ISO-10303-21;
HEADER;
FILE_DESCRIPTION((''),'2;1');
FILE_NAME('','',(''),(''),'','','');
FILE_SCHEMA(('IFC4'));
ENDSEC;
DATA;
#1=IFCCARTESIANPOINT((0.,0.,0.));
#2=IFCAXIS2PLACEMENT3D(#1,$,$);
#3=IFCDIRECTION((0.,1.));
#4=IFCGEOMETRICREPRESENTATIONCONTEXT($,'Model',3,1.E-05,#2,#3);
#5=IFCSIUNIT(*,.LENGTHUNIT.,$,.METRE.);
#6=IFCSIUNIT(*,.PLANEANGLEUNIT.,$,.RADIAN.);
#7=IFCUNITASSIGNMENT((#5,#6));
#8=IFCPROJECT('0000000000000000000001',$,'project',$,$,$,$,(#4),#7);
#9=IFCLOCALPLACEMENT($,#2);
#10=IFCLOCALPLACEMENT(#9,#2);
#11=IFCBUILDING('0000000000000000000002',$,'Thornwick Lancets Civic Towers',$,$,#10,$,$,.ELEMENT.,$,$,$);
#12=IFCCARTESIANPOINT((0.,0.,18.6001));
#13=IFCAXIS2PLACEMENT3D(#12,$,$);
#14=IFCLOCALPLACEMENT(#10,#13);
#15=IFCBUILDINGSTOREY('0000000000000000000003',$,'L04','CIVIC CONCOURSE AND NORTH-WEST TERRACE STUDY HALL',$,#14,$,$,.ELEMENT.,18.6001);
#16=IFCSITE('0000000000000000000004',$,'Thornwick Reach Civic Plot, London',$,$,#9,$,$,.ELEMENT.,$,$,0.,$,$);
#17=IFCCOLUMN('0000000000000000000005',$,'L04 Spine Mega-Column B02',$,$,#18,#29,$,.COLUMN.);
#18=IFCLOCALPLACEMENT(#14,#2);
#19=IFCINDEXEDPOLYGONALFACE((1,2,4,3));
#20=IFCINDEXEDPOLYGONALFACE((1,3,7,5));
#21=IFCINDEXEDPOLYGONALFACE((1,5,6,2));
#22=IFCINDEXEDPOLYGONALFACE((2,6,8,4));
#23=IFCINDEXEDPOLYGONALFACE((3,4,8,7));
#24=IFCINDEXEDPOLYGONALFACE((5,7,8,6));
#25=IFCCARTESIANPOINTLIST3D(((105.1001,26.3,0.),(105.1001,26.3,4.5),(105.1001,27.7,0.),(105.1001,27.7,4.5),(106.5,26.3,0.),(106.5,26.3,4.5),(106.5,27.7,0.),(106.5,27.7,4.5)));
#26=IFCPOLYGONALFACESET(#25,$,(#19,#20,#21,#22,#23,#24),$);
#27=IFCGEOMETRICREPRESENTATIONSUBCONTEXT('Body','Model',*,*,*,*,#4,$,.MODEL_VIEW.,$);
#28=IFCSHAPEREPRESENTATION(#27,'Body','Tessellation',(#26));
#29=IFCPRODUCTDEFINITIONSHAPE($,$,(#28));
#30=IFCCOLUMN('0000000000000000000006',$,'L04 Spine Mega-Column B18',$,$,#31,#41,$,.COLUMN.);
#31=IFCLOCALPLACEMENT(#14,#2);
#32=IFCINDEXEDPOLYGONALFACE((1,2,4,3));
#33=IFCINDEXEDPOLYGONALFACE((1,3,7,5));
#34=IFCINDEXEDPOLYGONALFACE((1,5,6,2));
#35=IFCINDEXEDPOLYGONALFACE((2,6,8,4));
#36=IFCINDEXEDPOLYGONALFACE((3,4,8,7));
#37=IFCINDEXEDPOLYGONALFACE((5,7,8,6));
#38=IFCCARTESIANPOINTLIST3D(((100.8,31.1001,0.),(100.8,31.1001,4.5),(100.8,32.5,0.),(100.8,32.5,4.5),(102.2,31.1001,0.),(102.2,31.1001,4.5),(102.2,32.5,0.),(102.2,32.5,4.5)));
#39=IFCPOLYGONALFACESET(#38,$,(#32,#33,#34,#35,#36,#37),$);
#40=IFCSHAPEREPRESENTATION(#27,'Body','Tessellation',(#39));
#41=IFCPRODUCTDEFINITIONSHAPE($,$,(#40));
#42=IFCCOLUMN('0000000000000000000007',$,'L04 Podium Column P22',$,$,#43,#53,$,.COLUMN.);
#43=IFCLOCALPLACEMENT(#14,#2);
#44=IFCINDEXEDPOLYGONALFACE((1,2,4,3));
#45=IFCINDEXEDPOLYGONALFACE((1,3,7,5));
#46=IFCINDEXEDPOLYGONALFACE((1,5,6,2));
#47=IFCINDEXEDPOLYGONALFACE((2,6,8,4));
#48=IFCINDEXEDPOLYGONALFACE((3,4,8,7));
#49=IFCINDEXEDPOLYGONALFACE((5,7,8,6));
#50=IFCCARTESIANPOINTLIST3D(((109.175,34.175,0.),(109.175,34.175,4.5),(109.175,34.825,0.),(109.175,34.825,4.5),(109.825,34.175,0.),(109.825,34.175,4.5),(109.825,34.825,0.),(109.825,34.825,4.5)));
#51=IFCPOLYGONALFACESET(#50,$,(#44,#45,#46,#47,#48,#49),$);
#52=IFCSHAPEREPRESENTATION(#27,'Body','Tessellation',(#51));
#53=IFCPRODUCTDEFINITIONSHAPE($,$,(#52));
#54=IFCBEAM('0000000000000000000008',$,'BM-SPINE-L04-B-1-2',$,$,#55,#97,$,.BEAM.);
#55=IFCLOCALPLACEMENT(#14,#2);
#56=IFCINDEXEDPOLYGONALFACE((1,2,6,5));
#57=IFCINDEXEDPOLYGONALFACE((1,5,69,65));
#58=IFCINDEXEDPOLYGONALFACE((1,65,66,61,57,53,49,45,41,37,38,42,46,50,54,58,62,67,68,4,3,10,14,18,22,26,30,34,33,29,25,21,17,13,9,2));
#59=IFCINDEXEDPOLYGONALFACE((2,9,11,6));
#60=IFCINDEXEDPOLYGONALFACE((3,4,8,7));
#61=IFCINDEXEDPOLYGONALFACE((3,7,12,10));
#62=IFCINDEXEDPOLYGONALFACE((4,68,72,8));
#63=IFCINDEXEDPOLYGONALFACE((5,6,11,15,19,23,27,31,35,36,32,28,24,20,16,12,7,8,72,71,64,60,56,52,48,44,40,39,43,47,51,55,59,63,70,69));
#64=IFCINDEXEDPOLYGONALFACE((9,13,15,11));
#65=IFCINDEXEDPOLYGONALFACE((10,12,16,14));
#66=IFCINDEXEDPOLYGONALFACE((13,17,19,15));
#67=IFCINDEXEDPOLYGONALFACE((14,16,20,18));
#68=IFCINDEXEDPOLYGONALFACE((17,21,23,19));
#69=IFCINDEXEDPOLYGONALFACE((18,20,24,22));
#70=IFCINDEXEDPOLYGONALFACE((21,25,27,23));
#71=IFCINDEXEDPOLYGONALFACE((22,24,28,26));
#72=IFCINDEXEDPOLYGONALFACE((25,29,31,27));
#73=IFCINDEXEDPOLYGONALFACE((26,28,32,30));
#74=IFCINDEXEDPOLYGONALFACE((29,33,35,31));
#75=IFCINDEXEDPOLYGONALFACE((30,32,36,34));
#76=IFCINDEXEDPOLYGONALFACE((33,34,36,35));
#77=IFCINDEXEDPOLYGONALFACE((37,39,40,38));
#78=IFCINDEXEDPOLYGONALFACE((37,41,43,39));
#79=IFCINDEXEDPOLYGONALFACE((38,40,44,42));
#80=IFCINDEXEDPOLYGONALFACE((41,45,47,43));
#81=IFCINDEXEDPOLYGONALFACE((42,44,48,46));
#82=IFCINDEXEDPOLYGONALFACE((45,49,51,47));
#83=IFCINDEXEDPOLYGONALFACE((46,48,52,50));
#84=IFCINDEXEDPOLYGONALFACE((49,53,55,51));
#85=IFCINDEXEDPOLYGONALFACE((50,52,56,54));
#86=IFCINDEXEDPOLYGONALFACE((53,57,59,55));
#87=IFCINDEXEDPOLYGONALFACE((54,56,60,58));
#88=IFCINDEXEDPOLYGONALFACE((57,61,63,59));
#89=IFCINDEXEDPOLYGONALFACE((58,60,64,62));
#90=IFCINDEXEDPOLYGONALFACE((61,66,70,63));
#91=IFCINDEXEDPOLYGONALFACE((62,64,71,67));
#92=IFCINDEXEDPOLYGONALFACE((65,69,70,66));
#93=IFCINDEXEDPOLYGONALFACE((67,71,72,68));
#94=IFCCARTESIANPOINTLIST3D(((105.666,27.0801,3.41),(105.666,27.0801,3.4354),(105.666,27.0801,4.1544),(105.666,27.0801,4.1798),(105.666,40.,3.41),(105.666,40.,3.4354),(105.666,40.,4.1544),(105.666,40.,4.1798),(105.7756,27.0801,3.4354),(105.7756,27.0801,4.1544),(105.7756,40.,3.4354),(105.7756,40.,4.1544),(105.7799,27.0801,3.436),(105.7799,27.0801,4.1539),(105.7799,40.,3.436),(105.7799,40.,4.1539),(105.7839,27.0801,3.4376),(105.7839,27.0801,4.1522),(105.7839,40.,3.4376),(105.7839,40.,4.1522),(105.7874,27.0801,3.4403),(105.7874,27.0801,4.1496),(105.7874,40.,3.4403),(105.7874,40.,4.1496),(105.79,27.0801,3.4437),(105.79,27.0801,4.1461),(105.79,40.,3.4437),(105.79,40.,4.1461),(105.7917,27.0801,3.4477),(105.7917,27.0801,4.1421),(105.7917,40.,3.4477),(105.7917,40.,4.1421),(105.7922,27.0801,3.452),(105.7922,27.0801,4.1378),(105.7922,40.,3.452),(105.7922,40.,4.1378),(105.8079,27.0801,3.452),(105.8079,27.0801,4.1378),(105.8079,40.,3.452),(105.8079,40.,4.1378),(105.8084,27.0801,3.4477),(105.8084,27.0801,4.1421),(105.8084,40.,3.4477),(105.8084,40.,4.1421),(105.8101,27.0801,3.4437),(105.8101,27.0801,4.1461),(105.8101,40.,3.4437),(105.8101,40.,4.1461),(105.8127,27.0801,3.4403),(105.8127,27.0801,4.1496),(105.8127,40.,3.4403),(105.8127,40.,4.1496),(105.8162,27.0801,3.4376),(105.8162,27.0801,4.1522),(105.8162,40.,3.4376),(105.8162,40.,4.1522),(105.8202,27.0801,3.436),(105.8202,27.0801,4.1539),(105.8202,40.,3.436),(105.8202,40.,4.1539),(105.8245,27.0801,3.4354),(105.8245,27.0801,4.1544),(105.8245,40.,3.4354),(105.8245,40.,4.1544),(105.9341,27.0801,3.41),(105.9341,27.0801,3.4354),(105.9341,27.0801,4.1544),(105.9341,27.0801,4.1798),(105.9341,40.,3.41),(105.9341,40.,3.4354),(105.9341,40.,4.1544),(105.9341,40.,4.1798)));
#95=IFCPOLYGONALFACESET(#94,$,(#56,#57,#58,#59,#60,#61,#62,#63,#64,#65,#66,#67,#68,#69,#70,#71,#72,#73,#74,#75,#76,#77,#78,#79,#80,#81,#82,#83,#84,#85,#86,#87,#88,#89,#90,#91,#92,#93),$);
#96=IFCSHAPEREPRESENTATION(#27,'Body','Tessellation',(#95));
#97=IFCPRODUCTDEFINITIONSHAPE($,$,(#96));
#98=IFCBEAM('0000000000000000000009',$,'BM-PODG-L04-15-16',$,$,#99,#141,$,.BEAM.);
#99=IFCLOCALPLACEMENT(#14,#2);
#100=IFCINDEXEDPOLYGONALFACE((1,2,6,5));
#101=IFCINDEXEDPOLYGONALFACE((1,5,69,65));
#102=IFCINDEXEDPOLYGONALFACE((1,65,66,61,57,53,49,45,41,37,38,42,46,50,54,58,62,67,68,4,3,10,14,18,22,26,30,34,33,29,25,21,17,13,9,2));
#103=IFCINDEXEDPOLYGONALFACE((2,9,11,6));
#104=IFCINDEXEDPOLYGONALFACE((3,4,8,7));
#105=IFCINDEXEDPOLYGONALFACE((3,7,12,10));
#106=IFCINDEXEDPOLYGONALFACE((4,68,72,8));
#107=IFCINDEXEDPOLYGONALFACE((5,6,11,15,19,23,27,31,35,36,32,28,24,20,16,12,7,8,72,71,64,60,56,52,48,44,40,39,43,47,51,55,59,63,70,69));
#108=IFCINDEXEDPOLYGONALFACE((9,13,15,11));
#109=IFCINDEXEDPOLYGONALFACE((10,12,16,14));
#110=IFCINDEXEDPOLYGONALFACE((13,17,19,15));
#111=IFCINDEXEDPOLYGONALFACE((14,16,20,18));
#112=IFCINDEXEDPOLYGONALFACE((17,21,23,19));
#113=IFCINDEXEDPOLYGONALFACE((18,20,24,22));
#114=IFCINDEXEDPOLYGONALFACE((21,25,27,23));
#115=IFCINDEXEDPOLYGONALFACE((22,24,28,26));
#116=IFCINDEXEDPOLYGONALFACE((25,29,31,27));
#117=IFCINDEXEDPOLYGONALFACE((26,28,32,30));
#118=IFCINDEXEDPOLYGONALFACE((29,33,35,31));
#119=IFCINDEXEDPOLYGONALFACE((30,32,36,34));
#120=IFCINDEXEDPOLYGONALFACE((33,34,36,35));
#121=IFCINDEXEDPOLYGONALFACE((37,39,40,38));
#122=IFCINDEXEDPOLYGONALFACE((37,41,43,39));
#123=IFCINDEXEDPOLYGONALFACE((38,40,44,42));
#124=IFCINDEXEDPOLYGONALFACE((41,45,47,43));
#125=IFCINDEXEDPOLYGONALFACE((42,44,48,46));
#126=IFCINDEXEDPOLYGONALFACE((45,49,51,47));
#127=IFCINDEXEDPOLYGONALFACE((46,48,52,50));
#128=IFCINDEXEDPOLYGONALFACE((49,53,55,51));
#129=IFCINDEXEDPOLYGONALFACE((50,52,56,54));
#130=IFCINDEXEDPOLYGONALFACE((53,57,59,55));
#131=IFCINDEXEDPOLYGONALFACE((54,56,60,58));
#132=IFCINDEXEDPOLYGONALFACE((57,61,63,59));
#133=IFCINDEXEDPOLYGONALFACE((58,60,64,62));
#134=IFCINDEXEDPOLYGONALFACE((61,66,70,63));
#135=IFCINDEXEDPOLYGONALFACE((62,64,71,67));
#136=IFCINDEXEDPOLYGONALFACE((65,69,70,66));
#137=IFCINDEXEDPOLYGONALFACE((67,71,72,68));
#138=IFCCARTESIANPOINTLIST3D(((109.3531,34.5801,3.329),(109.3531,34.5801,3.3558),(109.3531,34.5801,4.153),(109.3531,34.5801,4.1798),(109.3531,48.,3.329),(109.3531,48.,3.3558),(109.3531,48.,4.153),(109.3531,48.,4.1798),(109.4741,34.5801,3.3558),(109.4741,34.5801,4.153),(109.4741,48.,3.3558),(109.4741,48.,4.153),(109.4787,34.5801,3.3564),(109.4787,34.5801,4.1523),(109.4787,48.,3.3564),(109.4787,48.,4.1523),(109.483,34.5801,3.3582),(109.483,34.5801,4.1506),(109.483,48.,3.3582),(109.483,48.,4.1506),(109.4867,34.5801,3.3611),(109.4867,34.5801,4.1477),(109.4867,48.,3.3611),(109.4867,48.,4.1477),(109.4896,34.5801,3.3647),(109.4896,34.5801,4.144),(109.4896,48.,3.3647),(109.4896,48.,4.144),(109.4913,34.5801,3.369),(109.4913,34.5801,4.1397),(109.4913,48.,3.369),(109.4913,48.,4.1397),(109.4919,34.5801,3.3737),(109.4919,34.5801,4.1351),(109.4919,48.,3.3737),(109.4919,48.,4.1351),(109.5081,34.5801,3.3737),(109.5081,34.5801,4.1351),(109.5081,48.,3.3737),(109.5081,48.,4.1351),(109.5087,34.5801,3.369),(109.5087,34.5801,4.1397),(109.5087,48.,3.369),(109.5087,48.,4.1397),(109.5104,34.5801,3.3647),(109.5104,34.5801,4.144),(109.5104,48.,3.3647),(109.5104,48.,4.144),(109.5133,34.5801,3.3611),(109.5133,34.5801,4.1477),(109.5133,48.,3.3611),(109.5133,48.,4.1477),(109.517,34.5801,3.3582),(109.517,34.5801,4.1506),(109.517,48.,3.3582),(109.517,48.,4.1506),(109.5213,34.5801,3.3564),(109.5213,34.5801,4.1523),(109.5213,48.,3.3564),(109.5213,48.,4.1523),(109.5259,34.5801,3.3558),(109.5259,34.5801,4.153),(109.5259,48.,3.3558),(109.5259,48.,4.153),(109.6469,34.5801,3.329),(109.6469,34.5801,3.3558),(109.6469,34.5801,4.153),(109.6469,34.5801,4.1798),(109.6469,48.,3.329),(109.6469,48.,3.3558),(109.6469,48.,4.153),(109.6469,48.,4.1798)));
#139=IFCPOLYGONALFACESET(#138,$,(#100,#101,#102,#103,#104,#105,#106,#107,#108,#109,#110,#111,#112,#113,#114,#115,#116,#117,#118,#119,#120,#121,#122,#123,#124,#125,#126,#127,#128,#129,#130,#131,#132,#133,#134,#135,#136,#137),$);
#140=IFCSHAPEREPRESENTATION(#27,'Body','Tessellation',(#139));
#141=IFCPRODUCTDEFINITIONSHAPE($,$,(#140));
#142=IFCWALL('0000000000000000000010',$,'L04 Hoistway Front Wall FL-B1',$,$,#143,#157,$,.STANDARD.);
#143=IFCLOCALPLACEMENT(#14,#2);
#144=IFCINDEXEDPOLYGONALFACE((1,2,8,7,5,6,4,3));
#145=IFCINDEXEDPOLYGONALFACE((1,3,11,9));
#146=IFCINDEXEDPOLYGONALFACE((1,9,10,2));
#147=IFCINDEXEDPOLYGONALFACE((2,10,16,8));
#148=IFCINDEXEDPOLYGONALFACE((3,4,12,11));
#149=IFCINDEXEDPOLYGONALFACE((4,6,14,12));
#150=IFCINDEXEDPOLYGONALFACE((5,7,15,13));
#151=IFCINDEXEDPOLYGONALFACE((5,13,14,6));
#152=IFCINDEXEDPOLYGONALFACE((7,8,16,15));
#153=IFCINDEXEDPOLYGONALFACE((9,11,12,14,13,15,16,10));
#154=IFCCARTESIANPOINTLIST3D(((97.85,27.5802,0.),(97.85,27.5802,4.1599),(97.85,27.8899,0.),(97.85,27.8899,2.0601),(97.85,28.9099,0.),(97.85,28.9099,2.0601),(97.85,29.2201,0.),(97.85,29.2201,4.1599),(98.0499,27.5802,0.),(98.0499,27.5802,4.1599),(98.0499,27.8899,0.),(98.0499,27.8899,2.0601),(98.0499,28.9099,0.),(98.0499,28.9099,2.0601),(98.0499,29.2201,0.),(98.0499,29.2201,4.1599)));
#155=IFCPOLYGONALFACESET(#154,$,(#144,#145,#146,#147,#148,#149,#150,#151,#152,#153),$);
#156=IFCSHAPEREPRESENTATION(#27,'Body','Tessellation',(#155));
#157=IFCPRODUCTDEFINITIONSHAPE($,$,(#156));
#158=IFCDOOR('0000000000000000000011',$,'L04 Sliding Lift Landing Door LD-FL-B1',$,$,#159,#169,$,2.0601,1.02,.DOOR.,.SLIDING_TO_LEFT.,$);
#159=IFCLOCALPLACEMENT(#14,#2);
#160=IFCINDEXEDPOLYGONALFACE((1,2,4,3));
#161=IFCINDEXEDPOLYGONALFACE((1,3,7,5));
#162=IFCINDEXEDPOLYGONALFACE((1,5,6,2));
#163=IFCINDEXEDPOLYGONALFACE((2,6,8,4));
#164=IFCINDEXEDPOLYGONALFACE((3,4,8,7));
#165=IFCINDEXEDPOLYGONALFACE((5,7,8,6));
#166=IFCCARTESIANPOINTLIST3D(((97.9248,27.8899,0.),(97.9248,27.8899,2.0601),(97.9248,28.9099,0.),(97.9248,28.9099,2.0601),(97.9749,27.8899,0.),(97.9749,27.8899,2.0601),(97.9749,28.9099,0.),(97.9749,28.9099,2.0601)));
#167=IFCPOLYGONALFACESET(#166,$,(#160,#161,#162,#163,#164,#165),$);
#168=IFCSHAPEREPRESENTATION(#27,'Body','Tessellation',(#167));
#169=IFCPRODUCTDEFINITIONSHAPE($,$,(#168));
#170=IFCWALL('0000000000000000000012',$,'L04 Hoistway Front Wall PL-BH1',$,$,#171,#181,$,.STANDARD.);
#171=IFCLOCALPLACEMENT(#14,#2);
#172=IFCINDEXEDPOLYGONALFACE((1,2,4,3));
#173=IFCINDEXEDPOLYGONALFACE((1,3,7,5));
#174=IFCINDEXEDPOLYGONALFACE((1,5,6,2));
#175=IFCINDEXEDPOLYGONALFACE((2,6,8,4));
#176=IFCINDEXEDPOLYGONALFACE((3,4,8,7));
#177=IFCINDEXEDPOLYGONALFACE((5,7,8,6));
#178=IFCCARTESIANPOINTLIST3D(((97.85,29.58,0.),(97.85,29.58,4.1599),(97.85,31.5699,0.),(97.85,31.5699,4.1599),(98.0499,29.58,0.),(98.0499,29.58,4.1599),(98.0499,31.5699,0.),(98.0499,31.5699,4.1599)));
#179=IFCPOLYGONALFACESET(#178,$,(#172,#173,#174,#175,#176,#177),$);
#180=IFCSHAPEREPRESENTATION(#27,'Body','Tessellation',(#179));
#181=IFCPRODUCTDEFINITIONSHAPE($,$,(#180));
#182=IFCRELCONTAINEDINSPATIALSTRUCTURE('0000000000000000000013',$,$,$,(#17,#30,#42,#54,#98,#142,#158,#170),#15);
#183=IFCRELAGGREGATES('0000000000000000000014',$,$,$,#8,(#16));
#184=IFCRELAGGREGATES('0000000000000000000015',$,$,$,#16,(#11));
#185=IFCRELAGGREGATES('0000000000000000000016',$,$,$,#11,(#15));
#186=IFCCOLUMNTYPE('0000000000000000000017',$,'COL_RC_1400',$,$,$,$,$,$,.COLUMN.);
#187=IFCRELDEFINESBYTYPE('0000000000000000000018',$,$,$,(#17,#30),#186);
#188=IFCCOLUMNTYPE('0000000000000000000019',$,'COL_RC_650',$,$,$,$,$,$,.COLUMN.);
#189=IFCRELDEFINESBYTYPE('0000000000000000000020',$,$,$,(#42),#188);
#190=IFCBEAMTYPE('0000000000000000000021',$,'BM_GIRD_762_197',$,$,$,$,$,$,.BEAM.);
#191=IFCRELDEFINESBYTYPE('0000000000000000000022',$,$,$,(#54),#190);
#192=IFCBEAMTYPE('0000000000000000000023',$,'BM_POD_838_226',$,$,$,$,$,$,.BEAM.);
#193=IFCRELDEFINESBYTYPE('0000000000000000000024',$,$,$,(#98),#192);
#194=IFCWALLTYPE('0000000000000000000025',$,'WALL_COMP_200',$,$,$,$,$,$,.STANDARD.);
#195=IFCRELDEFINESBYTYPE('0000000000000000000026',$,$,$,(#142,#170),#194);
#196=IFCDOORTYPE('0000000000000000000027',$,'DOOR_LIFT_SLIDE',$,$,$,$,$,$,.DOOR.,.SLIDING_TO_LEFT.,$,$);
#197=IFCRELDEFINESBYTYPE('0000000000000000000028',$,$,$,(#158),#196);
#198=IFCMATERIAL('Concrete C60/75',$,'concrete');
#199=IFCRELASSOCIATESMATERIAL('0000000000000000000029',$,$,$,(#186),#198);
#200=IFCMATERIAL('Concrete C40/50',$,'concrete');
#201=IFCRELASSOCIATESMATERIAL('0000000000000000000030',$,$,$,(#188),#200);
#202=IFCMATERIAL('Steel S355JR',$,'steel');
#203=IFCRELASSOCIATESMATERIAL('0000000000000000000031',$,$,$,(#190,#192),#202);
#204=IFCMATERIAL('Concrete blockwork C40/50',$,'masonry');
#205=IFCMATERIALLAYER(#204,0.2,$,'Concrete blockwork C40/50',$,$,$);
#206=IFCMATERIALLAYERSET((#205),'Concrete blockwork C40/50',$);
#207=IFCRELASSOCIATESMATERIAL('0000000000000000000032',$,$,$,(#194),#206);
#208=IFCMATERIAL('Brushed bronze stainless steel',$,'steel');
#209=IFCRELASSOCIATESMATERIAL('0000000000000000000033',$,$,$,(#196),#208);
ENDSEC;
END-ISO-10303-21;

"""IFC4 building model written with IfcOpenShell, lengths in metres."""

from ifc_helpers import new_model, si_unit, direction, frame, frame_2d, origin, origin_2d, place, context, subcontext, project, spatial, rectangle, i_section, extrude, material, layer, layer_set, material_profile, profile_set, type_object, element, fill, save


model = new_model("IFC4")

# Units and contexts
model_context = context("Model", 3, precision=1e-05, world=origin(), true_north=direction((0.0, 1.0)))
body_context = subcontext(model_context, "Body", "Model", "MODEL_VIEW")
ifc_project = project(units=[si_unit("LENGTHUNIT", "METRE"), si_unit("PLANEANGLEUNIT", "RADIAN")], contexts=[model_context])

# Site, building, storey
site_placement = place(None, origin())
site = spatial("IfcSite", under=ifc_project, at=site_placement, Name="Thornwick Reach Civic Plot, London", CompositionType="ELEMENT", RefElevation=0.0)
building_placement = place(site_placement, origin())
building = spatial("IfcBuilding", under=site, at=building_placement, Name="Thornwick Lancets Civic Towers", CompositionType="ELEMENT")
storey_placement = place(building_placement, frame((0.0, 0.0, 18.6001)))
storey = spatial("IfcBuildingStorey", under=building, at=storey_placement, Name="L04", Description="CIVIC CONCOURSE AND NORTH-WEST TERRACE STUDY HALL", CompositionType="ELEMENT", Elevation=18.6001)

# Columns
ifc_material_1 = material(Name="Concrete C60/75", Category="concrete")
ifc_material_profile_1 = material_profile(ifc_material_1, rectangle(XDim=1.3999, YDim=1.3999, at=origin_2d()), Name="RC 1400x1400")
ifc_profile_set_1 = profile_set([ifc_material_profile_1], Name="Concrete C60/75")
column_type_1 = type_object("IfcColumnType", Name="COL_RC_1400", PredefinedType="COLUMN", material=ifc_profile_set_1)
for number, where, z_axis, x_axis, name in (
    (1, (105.8, 27.0, 0.0), (0.0, 0.0, 1.0), (1.0, 0.0, 0.0), "L04 Spine Mega-Column B02"),
    (2, (101.5, 31.8, 0.0), (0.0, 0.0, 1.0), (1.0, 0.0, 0.0), "L04 Spine Mega-Column B18"),
):
    element("IfcColumn", number, at=place(storey_placement, frame(where, z_axis=z_axis, x_axis=x_axis)), inside=storey, type_object=column_type_1, Name=name, PredefinedType="COLUMN", context=body_context, shape_type="SweptSolid", body=[
        extrude(rectangle(XDim=1.3999, YDim=1.3999, at=origin_2d()), origin(), (0.0, 0.0, 1.0), 4.5),
    ])
ifc_material_2 = material(Name="Concrete C40/50", Category="concrete")
ifc_material_profile_2 = material_profile(ifc_material_2, rectangle(XDim=0.6499, YDim=0.6499, at=origin_2d()), Name="RC 650x650")
ifc_profile_set_2 = profile_set([ifc_material_profile_2], Name="Concrete C40/50")
column_type_2 = type_object("IfcColumnType", Name="COL_RC_650", PredefinedType="COLUMN", material=ifc_profile_set_2)
column_placement = place(storey_placement, frame((109.5, 34.5, 0.0), z_axis=(0.0, 0.0, 1.0), x_axis=(1.0, 0.0, 0.0)))
element("IfcColumn", 3, at=column_placement, inside=storey, type_object=column_type_2, Name="L04 Podium Column P22", PredefinedType="COLUMN", context=body_context, shape_type="SweptSolid", body=[
    extrude(rectangle(XDim=0.6499, YDim=0.6499, at=origin_2d()), origin(), (0.0, 0.0, 1.0), 4.5),
])

# Beams
ifc_material_3 = material(Name="Steel S355JR", Category="steel")
ifc_material_profile_3 = material_profile(ifc_material_3, i_section(OverallWidth=0.2681, OverallDepth=0.7698, WebThickness=0.0156, FlangeThickness=0.0254, FilletRadius=0.0166, at=origin_2d()), Name="UKB 762x267x197")
ifc_profile_set_3 = profile_set([ifc_material_profile_3], Name="Steel S355JR")
beam_type_1 = type_object("IfcBeamType", Name="BM_GIRD_762_197", PredefinedType="BEAM", material=ifc_profile_set_3)
beam_1_placement = place(storey_placement, frame((105.8, 27.0801, 3.7949), z_axis=(0.0, 1.0, 0.0), x_axis=(-1.0, 0.0, 0.0)))
element("IfcBeam", 4, at=beam_1_placement, inside=storey, type_object=beam_type_1, Name="BM-SPINE-L04-B-1-2", PredefinedType="BEAM", context=body_context, shape_type="SweptSolid", body=[
    extrude(i_section(OverallWidth=0.2681, OverallDepth=0.7698, WebThickness=0.0156, FlangeThickness=0.0254, FilletRadius=0.0166, at=origin_2d()), origin(), (0.0, 0.0, 1.0), 12.9199),
])
ifc_material_profile_4 = material_profile(ifc_material_3, i_section(OverallWidth=0.2937, OverallDepth=0.8508, WebThickness=0.0161, FlangeThickness=0.0269, FilletRadius=0.0178, at=origin_2d()), Name="UKB 838x292x226")
ifc_profile_set_4 = profile_set([ifc_material_profile_4], Name="Steel S355JR")
beam_type_2 = type_object("IfcBeamType", Name="BM_POD_838_226", PredefinedType="BEAM", material=ifc_profile_set_4)
beam_2_placement = place(storey_placement, frame((109.5, 34.5801, 3.7544), z_axis=(0.0, 1.0, 0.0), x_axis=(-1.0, 0.0, 0.0)))
element("IfcBeam", 5, at=beam_2_placement, inside=storey, type_object=beam_type_2, Name="BM-PODG-L04-15-16", PredefinedType="BEAM", context=body_context, shape_type="SweptSolid", body=[
    extrude(i_section(OverallWidth=0.2937, OverallDepth=0.8508, WebThickness=0.0161, FlangeThickness=0.0269, FilletRadius=0.0178, at=origin_2d()), origin(), (0.0, 0.0, 1.0), 13.4199),
])

# Wall, opening, door
ifc_material_4 = material(Name="Concrete blockwork C40/50", Category="masonry")
ifc_layer_1 = layer(ifc_material_4, 0.2, Name="Concrete blockwork C40/50")
ifc_layer_set_1 = layer_set([ifc_layer_1], Name="Concrete blockwork C40/50")
wall_type_1 = type_object("IfcWallType", Name="WALL_COMP_200", PredefinedType="STANDARD", material=ifc_layer_set_1)
wall_1_placement = place(storey_placement, frame((97.95, 29.22, 0.0), z_axis=(0.0, 0.0, 1.0), x_axis=(0.0, -1.0, 0.0)))
wall_1 = element("IfcWall", 6, at=wall_1_placement, inside=storey, type_object=wall_type_1, Name="L04 Hoistway Front Wall FL-B1", PredefinedType="STANDARD", context=body_context, shape_type="SweptSolid", body=[
    extrude(rectangle(XDim=1.6399, YDim=0.2, at=frame_2d((0.8198, 0.0))), origin(), (0.0, 0.0, 1.0), 4.1599),
])
opening_1_placement = place(wall_1_placement, frame((0.3101, 0.0, 0.0)))
opening_1 = element("IfcOpeningElement", 7, at=opening_1_placement, cuts=wall_1, PredefinedType="OPENING", context=body_context, shape_type="SweptSolid", body=[
    extrude(rectangle(XDim=1.02, YDim=2.0601, at=frame_2d((0.51, 1.03))), frame((0.0, 0.1099, 0.0), z_axis=(0.0, -1.0, 0.0), x_axis=(1.0, 0.0, 0.0)), (0.0, 0.0, 1.0), 0.22),
])
ifc_material_5 = material(Name="Brushed bronze stainless steel", Category="steel")
door_type = type_object("IfcDoorType", Name="DOOR_LIFT_SLIDE", OperationType="SLIDING_TO_LEFT", PredefinedType="DOOR", material=ifc_material_5)
door_1_placement = place(opening_1_placement, origin())
door_1 = element("IfcDoor", 8, at=door_1_placement, inside=storey, type_object=door_type, Name="L04 Sliding Lift Landing Door LD-FL-B1", OperationType="SLIDING_TO_LEFT", OverallHeight=2.0601, OverallWidth=1.02, PredefinedType="DOOR", context=body_context, shape_type="SweptSolid", body=[
    extrude(rectangle(XDim=1.02, YDim=2.0601, at=frame_2d((0.51, 1.03))), frame((0.0, 0.0249, 0.0), z_axis=(0.0, -1.0, 0.0), x_axis=(1.0, 0.0, 0.0)), (0.0, 0.0, 1.0), 0.05),
])
fill(opening_1, door_1)

# Wall
wall_2_placement = place(storey_placement, frame((97.95, 31.5701, 0.0), z_axis=(0.0, 0.0, 1.0), x_axis=(0.0, -1.0, 0.0)))
element("IfcWall", 9, at=wall_2_placement, inside=storey, type_object=wall_type_1, Name="L04 Hoistway Front Wall PL-BH1", PredefinedType="STANDARD", context=body_context, shape_type="SweptSolid", body=[
    extrude(rectangle(XDim=1.99, YDim=0.2, at=frame_2d((0.9951, 0.0))), origin(), (0.0, 0.0, 1.0), 4.1599),
])

save(model, "model.ifc")
